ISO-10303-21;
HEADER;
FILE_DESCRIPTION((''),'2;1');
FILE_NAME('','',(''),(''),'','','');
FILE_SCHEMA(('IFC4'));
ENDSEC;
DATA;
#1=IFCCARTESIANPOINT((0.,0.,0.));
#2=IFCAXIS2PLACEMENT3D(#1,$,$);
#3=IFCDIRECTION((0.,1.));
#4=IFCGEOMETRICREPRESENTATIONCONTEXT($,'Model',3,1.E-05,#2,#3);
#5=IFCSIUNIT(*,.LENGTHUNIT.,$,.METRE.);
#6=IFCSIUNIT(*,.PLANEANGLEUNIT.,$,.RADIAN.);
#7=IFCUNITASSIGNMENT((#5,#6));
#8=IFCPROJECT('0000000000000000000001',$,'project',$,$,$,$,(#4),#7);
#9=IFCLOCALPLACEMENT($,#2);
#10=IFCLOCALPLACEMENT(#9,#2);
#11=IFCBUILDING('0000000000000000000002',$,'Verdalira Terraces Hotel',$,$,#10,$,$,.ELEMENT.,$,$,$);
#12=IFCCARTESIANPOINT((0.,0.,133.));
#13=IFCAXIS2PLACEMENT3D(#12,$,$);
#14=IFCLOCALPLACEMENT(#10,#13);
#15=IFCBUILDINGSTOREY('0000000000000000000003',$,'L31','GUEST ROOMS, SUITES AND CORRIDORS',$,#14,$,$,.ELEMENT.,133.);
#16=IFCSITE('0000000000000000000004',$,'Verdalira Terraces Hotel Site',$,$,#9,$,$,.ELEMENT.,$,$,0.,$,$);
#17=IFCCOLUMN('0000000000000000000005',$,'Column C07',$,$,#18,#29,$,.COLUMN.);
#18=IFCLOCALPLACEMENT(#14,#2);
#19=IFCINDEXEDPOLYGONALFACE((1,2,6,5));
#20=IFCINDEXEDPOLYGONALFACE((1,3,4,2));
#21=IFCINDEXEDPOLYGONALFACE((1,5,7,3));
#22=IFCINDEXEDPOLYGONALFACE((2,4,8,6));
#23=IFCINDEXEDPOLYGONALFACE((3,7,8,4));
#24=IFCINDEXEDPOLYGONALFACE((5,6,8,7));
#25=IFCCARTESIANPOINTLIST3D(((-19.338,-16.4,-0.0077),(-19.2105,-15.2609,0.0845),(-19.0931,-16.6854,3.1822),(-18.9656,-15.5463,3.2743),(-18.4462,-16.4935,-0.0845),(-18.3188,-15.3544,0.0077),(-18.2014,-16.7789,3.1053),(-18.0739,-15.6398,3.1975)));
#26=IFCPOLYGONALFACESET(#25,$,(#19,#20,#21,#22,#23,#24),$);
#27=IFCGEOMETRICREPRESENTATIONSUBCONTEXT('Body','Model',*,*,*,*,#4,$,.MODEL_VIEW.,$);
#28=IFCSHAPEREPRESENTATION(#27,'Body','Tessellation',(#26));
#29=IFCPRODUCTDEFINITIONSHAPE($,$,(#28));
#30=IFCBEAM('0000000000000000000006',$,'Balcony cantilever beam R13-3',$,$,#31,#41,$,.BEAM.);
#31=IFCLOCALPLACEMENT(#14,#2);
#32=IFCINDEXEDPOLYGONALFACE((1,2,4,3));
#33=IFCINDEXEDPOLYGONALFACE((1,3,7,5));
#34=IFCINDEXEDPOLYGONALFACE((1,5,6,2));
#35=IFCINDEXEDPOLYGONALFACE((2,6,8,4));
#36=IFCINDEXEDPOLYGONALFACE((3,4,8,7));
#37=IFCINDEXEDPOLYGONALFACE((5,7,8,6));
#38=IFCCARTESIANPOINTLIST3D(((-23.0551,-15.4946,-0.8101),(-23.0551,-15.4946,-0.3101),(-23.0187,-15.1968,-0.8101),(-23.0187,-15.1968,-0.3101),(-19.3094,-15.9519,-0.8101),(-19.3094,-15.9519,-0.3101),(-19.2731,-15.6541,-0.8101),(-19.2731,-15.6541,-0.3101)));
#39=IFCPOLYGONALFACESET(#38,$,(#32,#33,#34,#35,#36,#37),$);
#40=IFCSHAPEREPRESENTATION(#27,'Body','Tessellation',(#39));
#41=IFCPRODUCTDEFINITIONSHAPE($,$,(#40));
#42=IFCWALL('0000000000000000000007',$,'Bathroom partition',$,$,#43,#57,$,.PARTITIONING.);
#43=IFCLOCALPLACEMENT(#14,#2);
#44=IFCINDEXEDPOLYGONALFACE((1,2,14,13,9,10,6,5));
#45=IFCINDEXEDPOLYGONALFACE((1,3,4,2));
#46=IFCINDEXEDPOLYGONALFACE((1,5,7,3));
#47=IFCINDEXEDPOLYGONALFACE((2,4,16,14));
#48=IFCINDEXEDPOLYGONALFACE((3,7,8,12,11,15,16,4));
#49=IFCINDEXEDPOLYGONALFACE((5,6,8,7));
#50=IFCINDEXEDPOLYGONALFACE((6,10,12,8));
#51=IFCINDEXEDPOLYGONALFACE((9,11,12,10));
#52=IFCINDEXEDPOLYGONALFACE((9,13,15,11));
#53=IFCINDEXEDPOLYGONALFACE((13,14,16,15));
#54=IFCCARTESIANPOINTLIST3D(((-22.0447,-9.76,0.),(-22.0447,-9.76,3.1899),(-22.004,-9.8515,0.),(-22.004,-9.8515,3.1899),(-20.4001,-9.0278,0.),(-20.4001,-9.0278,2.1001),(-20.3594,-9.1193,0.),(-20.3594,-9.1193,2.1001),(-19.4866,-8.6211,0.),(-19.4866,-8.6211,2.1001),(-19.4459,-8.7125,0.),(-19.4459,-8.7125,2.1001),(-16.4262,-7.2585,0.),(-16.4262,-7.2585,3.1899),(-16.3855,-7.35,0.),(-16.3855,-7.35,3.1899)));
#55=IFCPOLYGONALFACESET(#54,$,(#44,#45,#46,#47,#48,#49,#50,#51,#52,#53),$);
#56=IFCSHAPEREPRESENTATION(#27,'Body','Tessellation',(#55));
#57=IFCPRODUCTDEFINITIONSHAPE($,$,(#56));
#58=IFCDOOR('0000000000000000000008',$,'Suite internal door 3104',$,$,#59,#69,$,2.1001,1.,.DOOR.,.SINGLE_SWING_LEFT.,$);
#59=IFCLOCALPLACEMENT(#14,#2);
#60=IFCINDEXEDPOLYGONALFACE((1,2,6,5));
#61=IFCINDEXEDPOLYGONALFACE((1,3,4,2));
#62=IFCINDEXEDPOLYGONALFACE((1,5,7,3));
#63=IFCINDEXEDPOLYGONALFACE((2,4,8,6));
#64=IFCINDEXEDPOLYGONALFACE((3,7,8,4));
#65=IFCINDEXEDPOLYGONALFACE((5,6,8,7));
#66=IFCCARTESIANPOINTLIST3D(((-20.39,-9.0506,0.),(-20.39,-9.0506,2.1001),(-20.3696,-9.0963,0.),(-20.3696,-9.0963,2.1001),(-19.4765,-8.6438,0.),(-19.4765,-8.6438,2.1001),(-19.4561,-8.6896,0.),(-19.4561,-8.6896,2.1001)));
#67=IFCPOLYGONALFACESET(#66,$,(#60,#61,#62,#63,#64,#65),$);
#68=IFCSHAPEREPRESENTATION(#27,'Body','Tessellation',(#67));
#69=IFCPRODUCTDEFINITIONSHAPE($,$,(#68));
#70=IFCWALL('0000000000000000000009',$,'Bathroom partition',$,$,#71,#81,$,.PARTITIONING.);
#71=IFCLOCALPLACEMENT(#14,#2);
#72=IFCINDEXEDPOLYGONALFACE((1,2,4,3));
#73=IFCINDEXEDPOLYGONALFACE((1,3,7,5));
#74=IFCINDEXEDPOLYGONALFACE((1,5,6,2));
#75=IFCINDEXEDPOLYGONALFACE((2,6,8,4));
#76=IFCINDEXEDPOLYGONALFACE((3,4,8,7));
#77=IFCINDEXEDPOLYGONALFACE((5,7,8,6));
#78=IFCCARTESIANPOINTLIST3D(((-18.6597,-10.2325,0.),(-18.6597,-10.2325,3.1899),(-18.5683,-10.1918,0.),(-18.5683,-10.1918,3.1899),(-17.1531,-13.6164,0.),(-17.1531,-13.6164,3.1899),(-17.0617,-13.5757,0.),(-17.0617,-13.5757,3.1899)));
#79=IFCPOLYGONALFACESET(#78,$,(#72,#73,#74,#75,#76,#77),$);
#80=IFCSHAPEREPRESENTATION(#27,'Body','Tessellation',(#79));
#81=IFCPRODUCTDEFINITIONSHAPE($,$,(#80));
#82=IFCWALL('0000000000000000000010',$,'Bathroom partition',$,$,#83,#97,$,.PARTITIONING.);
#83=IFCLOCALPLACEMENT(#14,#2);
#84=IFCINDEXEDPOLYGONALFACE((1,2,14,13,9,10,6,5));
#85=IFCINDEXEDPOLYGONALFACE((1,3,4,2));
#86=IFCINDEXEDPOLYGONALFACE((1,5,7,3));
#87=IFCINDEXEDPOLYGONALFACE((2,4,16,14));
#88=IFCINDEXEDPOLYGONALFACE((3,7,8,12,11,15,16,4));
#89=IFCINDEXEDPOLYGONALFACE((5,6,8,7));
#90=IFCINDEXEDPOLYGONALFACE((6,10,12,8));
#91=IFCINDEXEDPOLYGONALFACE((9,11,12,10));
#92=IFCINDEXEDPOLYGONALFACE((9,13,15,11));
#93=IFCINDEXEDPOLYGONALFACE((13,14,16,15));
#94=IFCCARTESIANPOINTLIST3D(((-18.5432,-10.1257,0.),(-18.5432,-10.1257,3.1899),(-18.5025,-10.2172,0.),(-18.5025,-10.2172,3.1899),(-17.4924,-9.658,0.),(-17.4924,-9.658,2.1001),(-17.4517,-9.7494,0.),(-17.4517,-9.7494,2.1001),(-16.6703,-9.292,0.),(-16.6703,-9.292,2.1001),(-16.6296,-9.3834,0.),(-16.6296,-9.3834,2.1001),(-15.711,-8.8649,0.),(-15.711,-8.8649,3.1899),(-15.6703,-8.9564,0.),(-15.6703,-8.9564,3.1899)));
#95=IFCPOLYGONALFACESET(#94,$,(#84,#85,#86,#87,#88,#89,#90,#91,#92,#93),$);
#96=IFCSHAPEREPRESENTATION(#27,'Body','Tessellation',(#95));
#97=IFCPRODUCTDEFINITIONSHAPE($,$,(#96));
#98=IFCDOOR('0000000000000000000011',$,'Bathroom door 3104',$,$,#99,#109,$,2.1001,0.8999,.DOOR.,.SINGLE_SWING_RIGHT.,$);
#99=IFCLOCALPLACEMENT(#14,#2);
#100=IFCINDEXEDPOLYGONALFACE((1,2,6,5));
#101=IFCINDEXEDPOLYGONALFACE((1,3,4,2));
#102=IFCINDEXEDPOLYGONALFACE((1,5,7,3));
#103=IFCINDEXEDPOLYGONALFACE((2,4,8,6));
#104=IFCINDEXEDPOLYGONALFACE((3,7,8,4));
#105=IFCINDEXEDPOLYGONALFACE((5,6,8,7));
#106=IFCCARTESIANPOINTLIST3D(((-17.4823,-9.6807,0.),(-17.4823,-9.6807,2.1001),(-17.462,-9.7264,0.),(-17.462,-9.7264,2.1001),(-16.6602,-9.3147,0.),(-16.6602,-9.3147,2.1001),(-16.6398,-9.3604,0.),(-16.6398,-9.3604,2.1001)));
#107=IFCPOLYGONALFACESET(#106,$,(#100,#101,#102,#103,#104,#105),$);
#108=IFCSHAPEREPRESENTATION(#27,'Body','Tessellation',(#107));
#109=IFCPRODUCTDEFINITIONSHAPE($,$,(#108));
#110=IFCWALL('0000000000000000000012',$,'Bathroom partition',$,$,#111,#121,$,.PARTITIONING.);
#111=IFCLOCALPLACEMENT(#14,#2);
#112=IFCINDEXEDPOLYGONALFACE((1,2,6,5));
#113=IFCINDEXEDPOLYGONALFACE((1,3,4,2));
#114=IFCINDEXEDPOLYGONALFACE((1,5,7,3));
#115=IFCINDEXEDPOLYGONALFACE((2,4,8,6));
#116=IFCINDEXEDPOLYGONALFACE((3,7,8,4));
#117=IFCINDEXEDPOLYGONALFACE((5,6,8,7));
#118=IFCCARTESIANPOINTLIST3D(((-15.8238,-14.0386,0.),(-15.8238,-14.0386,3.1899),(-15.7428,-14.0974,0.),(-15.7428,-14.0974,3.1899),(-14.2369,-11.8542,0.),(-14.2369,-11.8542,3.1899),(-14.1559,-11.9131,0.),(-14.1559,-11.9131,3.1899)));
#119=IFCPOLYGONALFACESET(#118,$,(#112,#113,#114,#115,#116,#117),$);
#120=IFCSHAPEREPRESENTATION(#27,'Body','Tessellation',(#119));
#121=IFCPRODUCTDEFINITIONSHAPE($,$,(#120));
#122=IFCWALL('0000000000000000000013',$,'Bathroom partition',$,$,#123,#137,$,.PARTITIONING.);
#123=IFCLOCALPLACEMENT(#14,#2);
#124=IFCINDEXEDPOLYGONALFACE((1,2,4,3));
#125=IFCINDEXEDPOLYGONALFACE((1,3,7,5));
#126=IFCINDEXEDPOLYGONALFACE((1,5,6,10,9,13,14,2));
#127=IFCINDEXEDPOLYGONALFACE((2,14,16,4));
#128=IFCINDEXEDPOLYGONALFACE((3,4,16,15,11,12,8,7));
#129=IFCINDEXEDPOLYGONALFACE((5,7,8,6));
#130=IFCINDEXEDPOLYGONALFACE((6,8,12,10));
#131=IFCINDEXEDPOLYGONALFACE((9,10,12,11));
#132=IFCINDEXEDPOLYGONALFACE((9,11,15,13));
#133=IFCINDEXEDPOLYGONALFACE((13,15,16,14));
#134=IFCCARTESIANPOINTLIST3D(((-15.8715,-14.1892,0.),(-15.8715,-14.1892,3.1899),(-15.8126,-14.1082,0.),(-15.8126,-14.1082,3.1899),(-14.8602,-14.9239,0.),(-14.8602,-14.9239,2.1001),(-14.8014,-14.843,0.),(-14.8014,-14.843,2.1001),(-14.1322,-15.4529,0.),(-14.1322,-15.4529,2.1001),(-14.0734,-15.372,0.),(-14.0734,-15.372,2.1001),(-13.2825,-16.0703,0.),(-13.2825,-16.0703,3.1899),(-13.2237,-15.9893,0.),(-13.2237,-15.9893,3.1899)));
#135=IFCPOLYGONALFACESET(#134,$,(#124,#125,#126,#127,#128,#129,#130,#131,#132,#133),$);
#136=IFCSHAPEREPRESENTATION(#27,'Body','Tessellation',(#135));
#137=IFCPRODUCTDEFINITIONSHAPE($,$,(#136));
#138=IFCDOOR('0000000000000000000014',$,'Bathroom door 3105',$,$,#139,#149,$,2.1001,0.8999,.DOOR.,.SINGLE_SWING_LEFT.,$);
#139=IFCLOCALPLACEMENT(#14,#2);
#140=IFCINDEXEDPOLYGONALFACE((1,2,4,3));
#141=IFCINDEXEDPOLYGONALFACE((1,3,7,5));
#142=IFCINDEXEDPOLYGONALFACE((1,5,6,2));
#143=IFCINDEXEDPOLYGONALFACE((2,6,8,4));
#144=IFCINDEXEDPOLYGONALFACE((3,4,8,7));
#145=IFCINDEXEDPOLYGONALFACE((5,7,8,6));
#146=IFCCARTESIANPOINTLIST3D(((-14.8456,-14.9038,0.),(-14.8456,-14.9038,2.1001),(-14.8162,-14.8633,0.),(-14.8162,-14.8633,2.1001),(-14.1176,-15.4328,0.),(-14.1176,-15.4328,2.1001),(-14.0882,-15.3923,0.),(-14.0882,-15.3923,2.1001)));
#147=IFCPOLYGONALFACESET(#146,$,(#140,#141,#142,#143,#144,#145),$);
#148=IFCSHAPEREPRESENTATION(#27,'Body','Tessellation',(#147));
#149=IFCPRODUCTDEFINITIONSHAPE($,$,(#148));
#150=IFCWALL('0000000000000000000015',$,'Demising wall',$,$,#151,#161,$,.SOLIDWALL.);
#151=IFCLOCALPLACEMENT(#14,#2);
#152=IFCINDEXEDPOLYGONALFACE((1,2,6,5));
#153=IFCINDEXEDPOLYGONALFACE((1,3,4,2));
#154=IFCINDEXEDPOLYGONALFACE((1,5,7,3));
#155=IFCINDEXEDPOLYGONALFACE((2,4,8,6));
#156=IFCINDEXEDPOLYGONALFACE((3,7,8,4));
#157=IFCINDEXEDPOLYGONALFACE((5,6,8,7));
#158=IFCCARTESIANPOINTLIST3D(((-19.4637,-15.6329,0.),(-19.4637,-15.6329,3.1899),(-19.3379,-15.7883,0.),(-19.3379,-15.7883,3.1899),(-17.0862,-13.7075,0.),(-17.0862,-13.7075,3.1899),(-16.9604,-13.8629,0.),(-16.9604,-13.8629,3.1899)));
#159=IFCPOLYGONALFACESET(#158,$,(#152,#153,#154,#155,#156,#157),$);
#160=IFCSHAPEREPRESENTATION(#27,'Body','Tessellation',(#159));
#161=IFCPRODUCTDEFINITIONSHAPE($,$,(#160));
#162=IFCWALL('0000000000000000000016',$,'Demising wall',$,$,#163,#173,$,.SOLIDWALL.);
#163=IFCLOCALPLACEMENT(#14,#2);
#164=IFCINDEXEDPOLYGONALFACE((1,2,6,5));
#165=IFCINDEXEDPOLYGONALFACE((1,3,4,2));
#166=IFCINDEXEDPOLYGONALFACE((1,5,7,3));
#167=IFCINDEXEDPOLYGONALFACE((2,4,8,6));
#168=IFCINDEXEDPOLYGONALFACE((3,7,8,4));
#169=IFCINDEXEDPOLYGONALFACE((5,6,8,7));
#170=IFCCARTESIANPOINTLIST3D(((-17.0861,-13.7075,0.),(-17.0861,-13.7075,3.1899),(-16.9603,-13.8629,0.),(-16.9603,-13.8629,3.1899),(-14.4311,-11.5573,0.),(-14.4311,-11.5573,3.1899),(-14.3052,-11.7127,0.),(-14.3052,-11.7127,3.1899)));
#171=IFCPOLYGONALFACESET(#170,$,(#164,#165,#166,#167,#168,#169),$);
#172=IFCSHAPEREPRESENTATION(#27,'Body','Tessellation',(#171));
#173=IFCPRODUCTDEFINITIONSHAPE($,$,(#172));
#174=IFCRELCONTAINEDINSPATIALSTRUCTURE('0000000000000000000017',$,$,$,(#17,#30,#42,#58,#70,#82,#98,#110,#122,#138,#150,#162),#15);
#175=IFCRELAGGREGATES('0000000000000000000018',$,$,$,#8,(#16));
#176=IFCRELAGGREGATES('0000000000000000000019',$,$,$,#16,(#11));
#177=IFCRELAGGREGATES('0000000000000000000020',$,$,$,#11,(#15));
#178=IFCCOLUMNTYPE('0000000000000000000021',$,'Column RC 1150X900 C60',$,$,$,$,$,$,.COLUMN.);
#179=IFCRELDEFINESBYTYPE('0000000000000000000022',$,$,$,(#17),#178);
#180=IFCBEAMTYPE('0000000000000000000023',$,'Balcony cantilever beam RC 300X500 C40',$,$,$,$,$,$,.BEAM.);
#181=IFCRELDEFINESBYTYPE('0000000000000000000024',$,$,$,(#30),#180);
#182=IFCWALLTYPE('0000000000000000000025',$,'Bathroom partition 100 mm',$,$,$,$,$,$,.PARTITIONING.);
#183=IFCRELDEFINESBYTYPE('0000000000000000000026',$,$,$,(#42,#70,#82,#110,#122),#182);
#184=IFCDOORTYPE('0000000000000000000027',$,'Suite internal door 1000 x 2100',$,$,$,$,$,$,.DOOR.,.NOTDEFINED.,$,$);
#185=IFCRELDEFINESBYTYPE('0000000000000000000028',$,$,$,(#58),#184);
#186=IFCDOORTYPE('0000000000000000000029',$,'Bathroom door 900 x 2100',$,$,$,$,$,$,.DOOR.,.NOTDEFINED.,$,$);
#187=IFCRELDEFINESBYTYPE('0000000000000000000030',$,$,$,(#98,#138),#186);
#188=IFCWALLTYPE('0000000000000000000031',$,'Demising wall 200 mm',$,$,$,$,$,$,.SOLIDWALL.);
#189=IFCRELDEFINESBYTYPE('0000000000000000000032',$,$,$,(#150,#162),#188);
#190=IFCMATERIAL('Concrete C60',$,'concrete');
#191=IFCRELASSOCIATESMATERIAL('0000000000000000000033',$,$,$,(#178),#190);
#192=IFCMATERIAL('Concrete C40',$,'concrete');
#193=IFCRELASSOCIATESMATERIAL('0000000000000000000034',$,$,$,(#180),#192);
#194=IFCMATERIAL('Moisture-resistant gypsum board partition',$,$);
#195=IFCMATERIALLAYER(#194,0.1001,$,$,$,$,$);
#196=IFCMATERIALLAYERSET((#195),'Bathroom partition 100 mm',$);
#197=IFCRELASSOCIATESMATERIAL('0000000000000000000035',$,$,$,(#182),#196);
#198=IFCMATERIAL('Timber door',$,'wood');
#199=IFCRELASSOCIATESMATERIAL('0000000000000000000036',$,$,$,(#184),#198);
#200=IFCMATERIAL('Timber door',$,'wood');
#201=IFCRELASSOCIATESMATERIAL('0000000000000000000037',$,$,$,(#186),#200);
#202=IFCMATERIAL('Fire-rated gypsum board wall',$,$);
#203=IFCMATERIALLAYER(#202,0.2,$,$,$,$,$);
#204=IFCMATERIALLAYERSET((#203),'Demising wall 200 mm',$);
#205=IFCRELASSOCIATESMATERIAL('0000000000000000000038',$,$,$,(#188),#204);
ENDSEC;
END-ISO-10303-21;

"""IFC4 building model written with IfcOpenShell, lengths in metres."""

from ifc_helpers import new_model, si_unit, direction, frame, frame_2d, origin, origin_2d, place, context, subcontext, project, spatial, rectangle, extrude, material, layer, layer_set, material_profile, profile_set, type_object, element, fill, save


model = new_model("IFC4")

# Units and contexts
model_context = context("Model", 3, precision=1e-05, world=origin(), true_north=direction((0.0, 1.0)))
body_context = subcontext(model_context, "Body", "Model", "MODEL_VIEW")
ifc_project = project(units=[si_unit("LENGTHUNIT", "METRE"), si_unit("PLANEANGLEUNIT", "RADIAN")], contexts=[model_context])

# Site, building, storey
site_placement = place(None, origin())
site = spatial("IfcSite", under=ifc_project, at=site_placement, Name="Verdalira Terraces Hotel Site", CompositionType="ELEMENT", RefElevation=0.0)
building_placement = place(site_placement, origin())
building = spatial("IfcBuilding", under=site, at=building_placement, Name="Verdalira Terraces Hotel", CompositionType="ELEMENT")
storey_placement = place(building_placement, frame((0.0, 0.0, 133.0)))
storey = spatial("IfcBuildingStorey", under=building, at=storey_placement, Name="L31", Description="GUEST ROOMS, SUITES AND CORRIDORS", CompositionType="ELEMENT", Elevation=133.0)

# Column
ifc_material_1 = material(Name="Concrete C60", Category="concrete")
ifc_material_profile_1 = material_profile(ifc_material_1, rectangle(XDim=1.1499, YDim=0.8999, at=origin_2d()), Name="RC 1150X900")
ifc_profile_set_1 = profile_set([ifc_material_profile_1], Name="Concrete C60")
column_type = type_object("IfcColumnType", Name="Column RC 1150X900 C60", PredefinedType="COLUMN", material=ifc_profile_set_1)
column_placement = place(storey_placement, frame((-18.8284, -15.8772, 0.0), z_axis=(0.076236, -0.088854, 0.993123), x_axis=(0.110848, 0.990603, 0.080119)))
element("IfcColumn", 1, at=column_placement, inside=storey, type_object=column_type, Name="Column C07", PredefinedType="COLUMN", context=body_context, shape_type="SweptSolid", body=[
    extrude(rectangle(XDim=1.1499, YDim=0.8999, at=origin_2d()), origin(), (0.0, 0.0, 1.0), 3.2119),
])

# Beam
ifc_material_2 = material(Name="Concrete C40", Category="concrete")
ifc_material_profile_2 = material_profile(ifc_material_2, rectangle(XDim=0.3, YDim=0.5, at=origin_2d()), Name="RC 300X500")
ifc_profile_set_2 = profile_set([ifc_material_profile_2], Name="Concrete C40")
beam_type = type_object("IfcBeamType", Name="Balcony cantilever beam RC 300X500 C40", PredefinedType="BEAM", material=ifc_profile_set_2)
beam_placement = place(storey_placement, frame((-19.2913, -15.803, -0.5601), z_axis=(-0.99263, 0.121183, 0.0), x_axis=(-0.121183, -0.99263, 0.0)))
element("IfcBeam", 2, at=beam_placement, inside=storey, type_object=beam_type, Name="Balcony cantilever beam R13-3", PredefinedType="BEAM", context=body_context, shape_type="SweptSolid", body=[
    extrude(rectangle(XDim=0.3, YDim=0.5, at=origin_2d()), origin(), (0.0, 0.0, 1.0), 3.7734),
])

# Wall, opening, door
ifc_material_3 = material(Name="Moisture-resistant gypsum board partition")
ifc_layer_1 = layer(ifc_material_3, 0.1001)
ifc_layer_set_1 = layer_set([ifc_layer_1], Name="Bathroom partition 100 mm")
wall_type_1 = type_object("IfcWallType", Name="Bathroom partition 100 mm", PredefinedType="PARTITIONING", material=ifc_layer_set_1)
wall_1_placement = place(storey_placement, frame((-16.4058, -7.3042, 0.0), z_axis=(0.0, 0.0, 1.0), x_axis=(-0.913546, -0.406735, 0.0)))
wall_1 = element("IfcWall", 3, at=wall_1_placement, inside=storey, type_object=wall_type_1, Name="Bathroom partition", PredefinedType="PARTITIONING", context=body_context, shape_type="SweptSolid", body=[
    extrude(rectangle(XDim=6.1501, YDim=0.1001, at=frame_2d((3.0752, 0.0))), origin(), (0.0, 0.0, 1.0), 3.1899),
])
opening_1_placement = place(wall_1_placement, frame((3.3501, 0.0, 0.0)))
opening_1 = element("IfcOpeningElement", 4, at=opening_1_placement, cuts=wall_1, PredefinedType="OPENING", context=body_context, shape_type="SweptSolid", body=[
    extrude(rectangle(XDim=1.0, YDim=2.1001, at=frame_2d((0.5, 1.05))), frame((0.0, 0.0601, 0.0), z_axis=(0.0, -1.0, 0.0), x_axis=(1.0, 0.0, 0.0)), (0.0, 0.0, 1.0), 0.1201),
])
ifc_material_4 = material(Name="Timber door", Category="wood")
door_type_1 = type_object("IfcDoorType", Name="Suite internal door 1000 x 2100", OperationType="NOTDEFINED", PredefinedType="DOOR", material=ifc_material_4)
door_1_placement = place(opening_1_placement, origin())
door_1 = element("IfcDoor", 5, at=door_1_placement, inside=storey, type_object=door_type_1, Name="Suite internal door 3104", OperationType="SINGLE_SWING_LEFT", OverallHeight=2.1001, OverallWidth=1.0, PredefinedType="DOOR", context=body_context, shape_type="SweptSolid", body=[
    extrude(rectangle(XDim=1.0, YDim=2.1001, at=frame_2d((0.5, 1.05))), frame((0.0, 0.0249, 0.0), z_axis=(0.0, -1.0, 0.0), x_axis=(1.0, 0.0, 0.0)), (0.0, 0.0, 1.0), 0.05),
])
fill(opening_1, door_1)

# Wall
wall_2_placement = place(storey_placement, frame((-18.614, -10.2122, 0.0), z_axis=(0.0, 0.0, 1.0), x_axis=(0.406744, -0.913542, 0.0)))
element("IfcWall", 6, at=wall_2_placement, inside=storey, type_object=wall_type_1, Name="Bathroom partition", PredefinedType="PARTITIONING", context=body_context, shape_type="SweptSolid", body=[
    extrude(rectangle(XDim=3.7041, YDim=0.1001, at=frame_2d((1.8521, 0.0))), origin(), (0.0, 0.0, 1.0), 3.1899),
])

# Wall, opening, door
wall_3_placement = place(storey_placement, frame((-15.6907, -8.9106, 0.0), z_axis=(0.0, 0.0, 1.0), x_axis=(-0.913565, -0.406694, 0.0)))
wall_3 = element("IfcWall", 7, at=wall_3_placement, inside=storey, type_object=wall_type_1, Name="Bathroom partition", PredefinedType="PARTITIONING", context=body_context, shape_type="SweptSolid", body=[
    extrude(rectangle(XDim=3.1001, YDim=0.1001, at=frame_2d((1.55, 0.0))), origin(), (0.0, 0.0, 1.0), 3.1899),
])
opening_2_placement = place(wall_3_placement, frame((1.05, 0.0, 0.0)))
opening_2 = element("IfcOpeningElement", 8, at=opening_2_placement, cuts=wall_3, PredefinedType="OPENING", context=body_context, shape_type="SweptSolid", body=[
    extrude(rectangle(XDim=0.8999, YDim=2.1001, at=frame_2d((0.45, 1.05))), frame((0.0, 0.0601, 0.0), z_axis=(0.0, -1.0, 0.0), x_axis=(1.0, 0.0, 0.0)), (0.0, 0.0, 1.0), 0.1201),
])
ifc_material_5 = material(Name="Timber door", Category="wood")
door_type_2 = type_object("IfcDoorType", Name="Bathroom door 900 x 2100", OperationType="NOTDEFINED", PredefinedType="DOOR", material=ifc_material_5)
door_2_placement = place(opening_2_placement, origin())
door_2 = element("IfcDoor", 9, at=door_2_placement, inside=storey, type_object=door_type_2, Name="Bathroom door 3104", OperationType="SINGLE_SWING_RIGHT", OverallHeight=2.1001, OverallWidth=0.8999, PredefinedType="DOOR", context=body_context, shape_type="SweptSolid", body=[
    extrude(rectangle(XDim=0.8999, YDim=2.1001, at=frame_2d((0.45, 1.05))), frame((0.0, 0.0249, 0.0), z_axis=(0.0, -1.0, 0.0), x_axis=(1.0, 0.0, 0.0)), (0.0, 0.0, 1.0), 0.05),
])
fill(opening_2, door_2)

# Wall
wall_4_placement = place(storey_placement, frame((-14.1963, -11.8835, 0.0), z_axis=(0.0, 0.0, 1.0), x_axis=(-0.587763, -0.809033, 0.0)))
element("IfcWall", 10, at=wall_4_placement, inside=storey, type_object=wall_type_1, Name="Bathroom partition", PredefinedType="PARTITIONING", context=body_context, shape_type="SweptSolid", body=[
    extrude(rectangle(XDim=2.7, YDim=0.1001, at=frame_2d((1.3501, 0.0))), origin(), (0.0, 0.0, 1.0), 3.1899),
])

# Wall, opening, door
wall_5_placement = place(storey_placement, frame((-15.842, -14.1487, 0.0), z_axis=(0.0, 0.0, 1.0), x_axis=(0.80899, -0.587822, 0.0)))
wall_5 = element("IfcWall", 11, at=wall_5_placement, inside=storey, type_object=wall_type_1, Name="Bathroom partition", PredefinedType="PARTITIONING", context=body_context, shape_type="SweptSolid", body=[
    extrude(rectangle(XDim=3.2002, YDim=0.1001, at=frame_2d((1.6001, 0.0))), origin(), (0.0, 0.0, 1.0), 3.1899),
])
opening_3_placement = place(wall_5_placement, frame((1.25, 0.0, 0.0)))
opening_3 = element("IfcOpeningElement", 12, at=opening_3_placement, cuts=wall_5, PredefinedType="OPENING", context=body_context, shape_type="SweptSolid", body=[
    extrude(rectangle(XDim=0.8999, YDim=2.1001, at=frame_2d((0.45, 1.05))), frame((0.0, 0.0601, 0.0), z_axis=(0.0, -1.0, 0.0), x_axis=(1.0, 0.0, 0.0)), (0.0, 0.0, 1.0), 0.1201),
])
door_3_placement = place(opening_3_placement, origin())
door_3 = element("IfcDoor", 13, at=door_3_placement, inside=storey, type_object=door_type_2, Name="Bathroom door 3105", OperationType="SINGLE_SWING_LEFT", OverallHeight=2.1001, OverallWidth=0.8999, PredefinedType="DOOR", context=body_context, shape_type="SweptSolid", body=[
    extrude(rectangle(XDim=0.8999, YDim=2.1001, at=frame_2d((0.45, 1.05))), frame((0.0, 0.0249, 0.0), z_axis=(0.0, -1.0, 0.0), x_axis=(1.0, 0.0, 0.0)), (0.0, 0.0, 1.0), 0.05),
])
fill(opening_3, door_3)

# Walls
ifc_material_6 = material(Name="Fire-rated gypsum board wall")
ifc_layer_2 = layer(ifc_material_6, 0.2)
ifc_layer_set_2 = layer_set([ifc_layer_2], Name="Demising wall 200 mm")
wall_type_2 = type_object("IfcWallType", Name="Demising wall 200 mm", PredefinedType="SOLIDWALL", material=ifc_layer_set_2)
wall_6_placement = place(storey_placement, frame((-17.0232, -13.7852, 0.0), z_axis=(0.0, 0.0, 1.0), x_axis=(-0.777133, -0.629336, 0.0)))
element("IfcWall", 14, at=wall_6_placement, inside=storey, type_object=wall_type_2, Name="Demising wall", PredefinedType="SOLIDWALL", context=body_context, shape_type="SweptSolid", body=[
    extrude(rectangle(XDim=3.0593, YDim=0.2, at=frame_2d((1.5298, 0.0))), origin(), (0.0, 0.0, 1.0), 3.1899),
])
wall_7_placement = place(storey_placement, frame((-14.3682, -11.635, 0.0), z_axis=(0.0, 0.0, 1.0), x_axis=(-0.777125, -0.629346, 0.0)))
element("IfcWall", 15, at=wall_7_placement, inside=storey, type_object=wall_type_2, Name="Demising wall", PredefinedType="SOLIDWALL", context=body_context, shape_type="SweptSolid", body=[
    extrude(rectangle(XDim=3.4165, YDim=0.2, at=frame_2d((1.7083, 0.0))), origin(), (0.0, 0.0, 1.0), 3.1899),
])

save(model, "model.ifc")
